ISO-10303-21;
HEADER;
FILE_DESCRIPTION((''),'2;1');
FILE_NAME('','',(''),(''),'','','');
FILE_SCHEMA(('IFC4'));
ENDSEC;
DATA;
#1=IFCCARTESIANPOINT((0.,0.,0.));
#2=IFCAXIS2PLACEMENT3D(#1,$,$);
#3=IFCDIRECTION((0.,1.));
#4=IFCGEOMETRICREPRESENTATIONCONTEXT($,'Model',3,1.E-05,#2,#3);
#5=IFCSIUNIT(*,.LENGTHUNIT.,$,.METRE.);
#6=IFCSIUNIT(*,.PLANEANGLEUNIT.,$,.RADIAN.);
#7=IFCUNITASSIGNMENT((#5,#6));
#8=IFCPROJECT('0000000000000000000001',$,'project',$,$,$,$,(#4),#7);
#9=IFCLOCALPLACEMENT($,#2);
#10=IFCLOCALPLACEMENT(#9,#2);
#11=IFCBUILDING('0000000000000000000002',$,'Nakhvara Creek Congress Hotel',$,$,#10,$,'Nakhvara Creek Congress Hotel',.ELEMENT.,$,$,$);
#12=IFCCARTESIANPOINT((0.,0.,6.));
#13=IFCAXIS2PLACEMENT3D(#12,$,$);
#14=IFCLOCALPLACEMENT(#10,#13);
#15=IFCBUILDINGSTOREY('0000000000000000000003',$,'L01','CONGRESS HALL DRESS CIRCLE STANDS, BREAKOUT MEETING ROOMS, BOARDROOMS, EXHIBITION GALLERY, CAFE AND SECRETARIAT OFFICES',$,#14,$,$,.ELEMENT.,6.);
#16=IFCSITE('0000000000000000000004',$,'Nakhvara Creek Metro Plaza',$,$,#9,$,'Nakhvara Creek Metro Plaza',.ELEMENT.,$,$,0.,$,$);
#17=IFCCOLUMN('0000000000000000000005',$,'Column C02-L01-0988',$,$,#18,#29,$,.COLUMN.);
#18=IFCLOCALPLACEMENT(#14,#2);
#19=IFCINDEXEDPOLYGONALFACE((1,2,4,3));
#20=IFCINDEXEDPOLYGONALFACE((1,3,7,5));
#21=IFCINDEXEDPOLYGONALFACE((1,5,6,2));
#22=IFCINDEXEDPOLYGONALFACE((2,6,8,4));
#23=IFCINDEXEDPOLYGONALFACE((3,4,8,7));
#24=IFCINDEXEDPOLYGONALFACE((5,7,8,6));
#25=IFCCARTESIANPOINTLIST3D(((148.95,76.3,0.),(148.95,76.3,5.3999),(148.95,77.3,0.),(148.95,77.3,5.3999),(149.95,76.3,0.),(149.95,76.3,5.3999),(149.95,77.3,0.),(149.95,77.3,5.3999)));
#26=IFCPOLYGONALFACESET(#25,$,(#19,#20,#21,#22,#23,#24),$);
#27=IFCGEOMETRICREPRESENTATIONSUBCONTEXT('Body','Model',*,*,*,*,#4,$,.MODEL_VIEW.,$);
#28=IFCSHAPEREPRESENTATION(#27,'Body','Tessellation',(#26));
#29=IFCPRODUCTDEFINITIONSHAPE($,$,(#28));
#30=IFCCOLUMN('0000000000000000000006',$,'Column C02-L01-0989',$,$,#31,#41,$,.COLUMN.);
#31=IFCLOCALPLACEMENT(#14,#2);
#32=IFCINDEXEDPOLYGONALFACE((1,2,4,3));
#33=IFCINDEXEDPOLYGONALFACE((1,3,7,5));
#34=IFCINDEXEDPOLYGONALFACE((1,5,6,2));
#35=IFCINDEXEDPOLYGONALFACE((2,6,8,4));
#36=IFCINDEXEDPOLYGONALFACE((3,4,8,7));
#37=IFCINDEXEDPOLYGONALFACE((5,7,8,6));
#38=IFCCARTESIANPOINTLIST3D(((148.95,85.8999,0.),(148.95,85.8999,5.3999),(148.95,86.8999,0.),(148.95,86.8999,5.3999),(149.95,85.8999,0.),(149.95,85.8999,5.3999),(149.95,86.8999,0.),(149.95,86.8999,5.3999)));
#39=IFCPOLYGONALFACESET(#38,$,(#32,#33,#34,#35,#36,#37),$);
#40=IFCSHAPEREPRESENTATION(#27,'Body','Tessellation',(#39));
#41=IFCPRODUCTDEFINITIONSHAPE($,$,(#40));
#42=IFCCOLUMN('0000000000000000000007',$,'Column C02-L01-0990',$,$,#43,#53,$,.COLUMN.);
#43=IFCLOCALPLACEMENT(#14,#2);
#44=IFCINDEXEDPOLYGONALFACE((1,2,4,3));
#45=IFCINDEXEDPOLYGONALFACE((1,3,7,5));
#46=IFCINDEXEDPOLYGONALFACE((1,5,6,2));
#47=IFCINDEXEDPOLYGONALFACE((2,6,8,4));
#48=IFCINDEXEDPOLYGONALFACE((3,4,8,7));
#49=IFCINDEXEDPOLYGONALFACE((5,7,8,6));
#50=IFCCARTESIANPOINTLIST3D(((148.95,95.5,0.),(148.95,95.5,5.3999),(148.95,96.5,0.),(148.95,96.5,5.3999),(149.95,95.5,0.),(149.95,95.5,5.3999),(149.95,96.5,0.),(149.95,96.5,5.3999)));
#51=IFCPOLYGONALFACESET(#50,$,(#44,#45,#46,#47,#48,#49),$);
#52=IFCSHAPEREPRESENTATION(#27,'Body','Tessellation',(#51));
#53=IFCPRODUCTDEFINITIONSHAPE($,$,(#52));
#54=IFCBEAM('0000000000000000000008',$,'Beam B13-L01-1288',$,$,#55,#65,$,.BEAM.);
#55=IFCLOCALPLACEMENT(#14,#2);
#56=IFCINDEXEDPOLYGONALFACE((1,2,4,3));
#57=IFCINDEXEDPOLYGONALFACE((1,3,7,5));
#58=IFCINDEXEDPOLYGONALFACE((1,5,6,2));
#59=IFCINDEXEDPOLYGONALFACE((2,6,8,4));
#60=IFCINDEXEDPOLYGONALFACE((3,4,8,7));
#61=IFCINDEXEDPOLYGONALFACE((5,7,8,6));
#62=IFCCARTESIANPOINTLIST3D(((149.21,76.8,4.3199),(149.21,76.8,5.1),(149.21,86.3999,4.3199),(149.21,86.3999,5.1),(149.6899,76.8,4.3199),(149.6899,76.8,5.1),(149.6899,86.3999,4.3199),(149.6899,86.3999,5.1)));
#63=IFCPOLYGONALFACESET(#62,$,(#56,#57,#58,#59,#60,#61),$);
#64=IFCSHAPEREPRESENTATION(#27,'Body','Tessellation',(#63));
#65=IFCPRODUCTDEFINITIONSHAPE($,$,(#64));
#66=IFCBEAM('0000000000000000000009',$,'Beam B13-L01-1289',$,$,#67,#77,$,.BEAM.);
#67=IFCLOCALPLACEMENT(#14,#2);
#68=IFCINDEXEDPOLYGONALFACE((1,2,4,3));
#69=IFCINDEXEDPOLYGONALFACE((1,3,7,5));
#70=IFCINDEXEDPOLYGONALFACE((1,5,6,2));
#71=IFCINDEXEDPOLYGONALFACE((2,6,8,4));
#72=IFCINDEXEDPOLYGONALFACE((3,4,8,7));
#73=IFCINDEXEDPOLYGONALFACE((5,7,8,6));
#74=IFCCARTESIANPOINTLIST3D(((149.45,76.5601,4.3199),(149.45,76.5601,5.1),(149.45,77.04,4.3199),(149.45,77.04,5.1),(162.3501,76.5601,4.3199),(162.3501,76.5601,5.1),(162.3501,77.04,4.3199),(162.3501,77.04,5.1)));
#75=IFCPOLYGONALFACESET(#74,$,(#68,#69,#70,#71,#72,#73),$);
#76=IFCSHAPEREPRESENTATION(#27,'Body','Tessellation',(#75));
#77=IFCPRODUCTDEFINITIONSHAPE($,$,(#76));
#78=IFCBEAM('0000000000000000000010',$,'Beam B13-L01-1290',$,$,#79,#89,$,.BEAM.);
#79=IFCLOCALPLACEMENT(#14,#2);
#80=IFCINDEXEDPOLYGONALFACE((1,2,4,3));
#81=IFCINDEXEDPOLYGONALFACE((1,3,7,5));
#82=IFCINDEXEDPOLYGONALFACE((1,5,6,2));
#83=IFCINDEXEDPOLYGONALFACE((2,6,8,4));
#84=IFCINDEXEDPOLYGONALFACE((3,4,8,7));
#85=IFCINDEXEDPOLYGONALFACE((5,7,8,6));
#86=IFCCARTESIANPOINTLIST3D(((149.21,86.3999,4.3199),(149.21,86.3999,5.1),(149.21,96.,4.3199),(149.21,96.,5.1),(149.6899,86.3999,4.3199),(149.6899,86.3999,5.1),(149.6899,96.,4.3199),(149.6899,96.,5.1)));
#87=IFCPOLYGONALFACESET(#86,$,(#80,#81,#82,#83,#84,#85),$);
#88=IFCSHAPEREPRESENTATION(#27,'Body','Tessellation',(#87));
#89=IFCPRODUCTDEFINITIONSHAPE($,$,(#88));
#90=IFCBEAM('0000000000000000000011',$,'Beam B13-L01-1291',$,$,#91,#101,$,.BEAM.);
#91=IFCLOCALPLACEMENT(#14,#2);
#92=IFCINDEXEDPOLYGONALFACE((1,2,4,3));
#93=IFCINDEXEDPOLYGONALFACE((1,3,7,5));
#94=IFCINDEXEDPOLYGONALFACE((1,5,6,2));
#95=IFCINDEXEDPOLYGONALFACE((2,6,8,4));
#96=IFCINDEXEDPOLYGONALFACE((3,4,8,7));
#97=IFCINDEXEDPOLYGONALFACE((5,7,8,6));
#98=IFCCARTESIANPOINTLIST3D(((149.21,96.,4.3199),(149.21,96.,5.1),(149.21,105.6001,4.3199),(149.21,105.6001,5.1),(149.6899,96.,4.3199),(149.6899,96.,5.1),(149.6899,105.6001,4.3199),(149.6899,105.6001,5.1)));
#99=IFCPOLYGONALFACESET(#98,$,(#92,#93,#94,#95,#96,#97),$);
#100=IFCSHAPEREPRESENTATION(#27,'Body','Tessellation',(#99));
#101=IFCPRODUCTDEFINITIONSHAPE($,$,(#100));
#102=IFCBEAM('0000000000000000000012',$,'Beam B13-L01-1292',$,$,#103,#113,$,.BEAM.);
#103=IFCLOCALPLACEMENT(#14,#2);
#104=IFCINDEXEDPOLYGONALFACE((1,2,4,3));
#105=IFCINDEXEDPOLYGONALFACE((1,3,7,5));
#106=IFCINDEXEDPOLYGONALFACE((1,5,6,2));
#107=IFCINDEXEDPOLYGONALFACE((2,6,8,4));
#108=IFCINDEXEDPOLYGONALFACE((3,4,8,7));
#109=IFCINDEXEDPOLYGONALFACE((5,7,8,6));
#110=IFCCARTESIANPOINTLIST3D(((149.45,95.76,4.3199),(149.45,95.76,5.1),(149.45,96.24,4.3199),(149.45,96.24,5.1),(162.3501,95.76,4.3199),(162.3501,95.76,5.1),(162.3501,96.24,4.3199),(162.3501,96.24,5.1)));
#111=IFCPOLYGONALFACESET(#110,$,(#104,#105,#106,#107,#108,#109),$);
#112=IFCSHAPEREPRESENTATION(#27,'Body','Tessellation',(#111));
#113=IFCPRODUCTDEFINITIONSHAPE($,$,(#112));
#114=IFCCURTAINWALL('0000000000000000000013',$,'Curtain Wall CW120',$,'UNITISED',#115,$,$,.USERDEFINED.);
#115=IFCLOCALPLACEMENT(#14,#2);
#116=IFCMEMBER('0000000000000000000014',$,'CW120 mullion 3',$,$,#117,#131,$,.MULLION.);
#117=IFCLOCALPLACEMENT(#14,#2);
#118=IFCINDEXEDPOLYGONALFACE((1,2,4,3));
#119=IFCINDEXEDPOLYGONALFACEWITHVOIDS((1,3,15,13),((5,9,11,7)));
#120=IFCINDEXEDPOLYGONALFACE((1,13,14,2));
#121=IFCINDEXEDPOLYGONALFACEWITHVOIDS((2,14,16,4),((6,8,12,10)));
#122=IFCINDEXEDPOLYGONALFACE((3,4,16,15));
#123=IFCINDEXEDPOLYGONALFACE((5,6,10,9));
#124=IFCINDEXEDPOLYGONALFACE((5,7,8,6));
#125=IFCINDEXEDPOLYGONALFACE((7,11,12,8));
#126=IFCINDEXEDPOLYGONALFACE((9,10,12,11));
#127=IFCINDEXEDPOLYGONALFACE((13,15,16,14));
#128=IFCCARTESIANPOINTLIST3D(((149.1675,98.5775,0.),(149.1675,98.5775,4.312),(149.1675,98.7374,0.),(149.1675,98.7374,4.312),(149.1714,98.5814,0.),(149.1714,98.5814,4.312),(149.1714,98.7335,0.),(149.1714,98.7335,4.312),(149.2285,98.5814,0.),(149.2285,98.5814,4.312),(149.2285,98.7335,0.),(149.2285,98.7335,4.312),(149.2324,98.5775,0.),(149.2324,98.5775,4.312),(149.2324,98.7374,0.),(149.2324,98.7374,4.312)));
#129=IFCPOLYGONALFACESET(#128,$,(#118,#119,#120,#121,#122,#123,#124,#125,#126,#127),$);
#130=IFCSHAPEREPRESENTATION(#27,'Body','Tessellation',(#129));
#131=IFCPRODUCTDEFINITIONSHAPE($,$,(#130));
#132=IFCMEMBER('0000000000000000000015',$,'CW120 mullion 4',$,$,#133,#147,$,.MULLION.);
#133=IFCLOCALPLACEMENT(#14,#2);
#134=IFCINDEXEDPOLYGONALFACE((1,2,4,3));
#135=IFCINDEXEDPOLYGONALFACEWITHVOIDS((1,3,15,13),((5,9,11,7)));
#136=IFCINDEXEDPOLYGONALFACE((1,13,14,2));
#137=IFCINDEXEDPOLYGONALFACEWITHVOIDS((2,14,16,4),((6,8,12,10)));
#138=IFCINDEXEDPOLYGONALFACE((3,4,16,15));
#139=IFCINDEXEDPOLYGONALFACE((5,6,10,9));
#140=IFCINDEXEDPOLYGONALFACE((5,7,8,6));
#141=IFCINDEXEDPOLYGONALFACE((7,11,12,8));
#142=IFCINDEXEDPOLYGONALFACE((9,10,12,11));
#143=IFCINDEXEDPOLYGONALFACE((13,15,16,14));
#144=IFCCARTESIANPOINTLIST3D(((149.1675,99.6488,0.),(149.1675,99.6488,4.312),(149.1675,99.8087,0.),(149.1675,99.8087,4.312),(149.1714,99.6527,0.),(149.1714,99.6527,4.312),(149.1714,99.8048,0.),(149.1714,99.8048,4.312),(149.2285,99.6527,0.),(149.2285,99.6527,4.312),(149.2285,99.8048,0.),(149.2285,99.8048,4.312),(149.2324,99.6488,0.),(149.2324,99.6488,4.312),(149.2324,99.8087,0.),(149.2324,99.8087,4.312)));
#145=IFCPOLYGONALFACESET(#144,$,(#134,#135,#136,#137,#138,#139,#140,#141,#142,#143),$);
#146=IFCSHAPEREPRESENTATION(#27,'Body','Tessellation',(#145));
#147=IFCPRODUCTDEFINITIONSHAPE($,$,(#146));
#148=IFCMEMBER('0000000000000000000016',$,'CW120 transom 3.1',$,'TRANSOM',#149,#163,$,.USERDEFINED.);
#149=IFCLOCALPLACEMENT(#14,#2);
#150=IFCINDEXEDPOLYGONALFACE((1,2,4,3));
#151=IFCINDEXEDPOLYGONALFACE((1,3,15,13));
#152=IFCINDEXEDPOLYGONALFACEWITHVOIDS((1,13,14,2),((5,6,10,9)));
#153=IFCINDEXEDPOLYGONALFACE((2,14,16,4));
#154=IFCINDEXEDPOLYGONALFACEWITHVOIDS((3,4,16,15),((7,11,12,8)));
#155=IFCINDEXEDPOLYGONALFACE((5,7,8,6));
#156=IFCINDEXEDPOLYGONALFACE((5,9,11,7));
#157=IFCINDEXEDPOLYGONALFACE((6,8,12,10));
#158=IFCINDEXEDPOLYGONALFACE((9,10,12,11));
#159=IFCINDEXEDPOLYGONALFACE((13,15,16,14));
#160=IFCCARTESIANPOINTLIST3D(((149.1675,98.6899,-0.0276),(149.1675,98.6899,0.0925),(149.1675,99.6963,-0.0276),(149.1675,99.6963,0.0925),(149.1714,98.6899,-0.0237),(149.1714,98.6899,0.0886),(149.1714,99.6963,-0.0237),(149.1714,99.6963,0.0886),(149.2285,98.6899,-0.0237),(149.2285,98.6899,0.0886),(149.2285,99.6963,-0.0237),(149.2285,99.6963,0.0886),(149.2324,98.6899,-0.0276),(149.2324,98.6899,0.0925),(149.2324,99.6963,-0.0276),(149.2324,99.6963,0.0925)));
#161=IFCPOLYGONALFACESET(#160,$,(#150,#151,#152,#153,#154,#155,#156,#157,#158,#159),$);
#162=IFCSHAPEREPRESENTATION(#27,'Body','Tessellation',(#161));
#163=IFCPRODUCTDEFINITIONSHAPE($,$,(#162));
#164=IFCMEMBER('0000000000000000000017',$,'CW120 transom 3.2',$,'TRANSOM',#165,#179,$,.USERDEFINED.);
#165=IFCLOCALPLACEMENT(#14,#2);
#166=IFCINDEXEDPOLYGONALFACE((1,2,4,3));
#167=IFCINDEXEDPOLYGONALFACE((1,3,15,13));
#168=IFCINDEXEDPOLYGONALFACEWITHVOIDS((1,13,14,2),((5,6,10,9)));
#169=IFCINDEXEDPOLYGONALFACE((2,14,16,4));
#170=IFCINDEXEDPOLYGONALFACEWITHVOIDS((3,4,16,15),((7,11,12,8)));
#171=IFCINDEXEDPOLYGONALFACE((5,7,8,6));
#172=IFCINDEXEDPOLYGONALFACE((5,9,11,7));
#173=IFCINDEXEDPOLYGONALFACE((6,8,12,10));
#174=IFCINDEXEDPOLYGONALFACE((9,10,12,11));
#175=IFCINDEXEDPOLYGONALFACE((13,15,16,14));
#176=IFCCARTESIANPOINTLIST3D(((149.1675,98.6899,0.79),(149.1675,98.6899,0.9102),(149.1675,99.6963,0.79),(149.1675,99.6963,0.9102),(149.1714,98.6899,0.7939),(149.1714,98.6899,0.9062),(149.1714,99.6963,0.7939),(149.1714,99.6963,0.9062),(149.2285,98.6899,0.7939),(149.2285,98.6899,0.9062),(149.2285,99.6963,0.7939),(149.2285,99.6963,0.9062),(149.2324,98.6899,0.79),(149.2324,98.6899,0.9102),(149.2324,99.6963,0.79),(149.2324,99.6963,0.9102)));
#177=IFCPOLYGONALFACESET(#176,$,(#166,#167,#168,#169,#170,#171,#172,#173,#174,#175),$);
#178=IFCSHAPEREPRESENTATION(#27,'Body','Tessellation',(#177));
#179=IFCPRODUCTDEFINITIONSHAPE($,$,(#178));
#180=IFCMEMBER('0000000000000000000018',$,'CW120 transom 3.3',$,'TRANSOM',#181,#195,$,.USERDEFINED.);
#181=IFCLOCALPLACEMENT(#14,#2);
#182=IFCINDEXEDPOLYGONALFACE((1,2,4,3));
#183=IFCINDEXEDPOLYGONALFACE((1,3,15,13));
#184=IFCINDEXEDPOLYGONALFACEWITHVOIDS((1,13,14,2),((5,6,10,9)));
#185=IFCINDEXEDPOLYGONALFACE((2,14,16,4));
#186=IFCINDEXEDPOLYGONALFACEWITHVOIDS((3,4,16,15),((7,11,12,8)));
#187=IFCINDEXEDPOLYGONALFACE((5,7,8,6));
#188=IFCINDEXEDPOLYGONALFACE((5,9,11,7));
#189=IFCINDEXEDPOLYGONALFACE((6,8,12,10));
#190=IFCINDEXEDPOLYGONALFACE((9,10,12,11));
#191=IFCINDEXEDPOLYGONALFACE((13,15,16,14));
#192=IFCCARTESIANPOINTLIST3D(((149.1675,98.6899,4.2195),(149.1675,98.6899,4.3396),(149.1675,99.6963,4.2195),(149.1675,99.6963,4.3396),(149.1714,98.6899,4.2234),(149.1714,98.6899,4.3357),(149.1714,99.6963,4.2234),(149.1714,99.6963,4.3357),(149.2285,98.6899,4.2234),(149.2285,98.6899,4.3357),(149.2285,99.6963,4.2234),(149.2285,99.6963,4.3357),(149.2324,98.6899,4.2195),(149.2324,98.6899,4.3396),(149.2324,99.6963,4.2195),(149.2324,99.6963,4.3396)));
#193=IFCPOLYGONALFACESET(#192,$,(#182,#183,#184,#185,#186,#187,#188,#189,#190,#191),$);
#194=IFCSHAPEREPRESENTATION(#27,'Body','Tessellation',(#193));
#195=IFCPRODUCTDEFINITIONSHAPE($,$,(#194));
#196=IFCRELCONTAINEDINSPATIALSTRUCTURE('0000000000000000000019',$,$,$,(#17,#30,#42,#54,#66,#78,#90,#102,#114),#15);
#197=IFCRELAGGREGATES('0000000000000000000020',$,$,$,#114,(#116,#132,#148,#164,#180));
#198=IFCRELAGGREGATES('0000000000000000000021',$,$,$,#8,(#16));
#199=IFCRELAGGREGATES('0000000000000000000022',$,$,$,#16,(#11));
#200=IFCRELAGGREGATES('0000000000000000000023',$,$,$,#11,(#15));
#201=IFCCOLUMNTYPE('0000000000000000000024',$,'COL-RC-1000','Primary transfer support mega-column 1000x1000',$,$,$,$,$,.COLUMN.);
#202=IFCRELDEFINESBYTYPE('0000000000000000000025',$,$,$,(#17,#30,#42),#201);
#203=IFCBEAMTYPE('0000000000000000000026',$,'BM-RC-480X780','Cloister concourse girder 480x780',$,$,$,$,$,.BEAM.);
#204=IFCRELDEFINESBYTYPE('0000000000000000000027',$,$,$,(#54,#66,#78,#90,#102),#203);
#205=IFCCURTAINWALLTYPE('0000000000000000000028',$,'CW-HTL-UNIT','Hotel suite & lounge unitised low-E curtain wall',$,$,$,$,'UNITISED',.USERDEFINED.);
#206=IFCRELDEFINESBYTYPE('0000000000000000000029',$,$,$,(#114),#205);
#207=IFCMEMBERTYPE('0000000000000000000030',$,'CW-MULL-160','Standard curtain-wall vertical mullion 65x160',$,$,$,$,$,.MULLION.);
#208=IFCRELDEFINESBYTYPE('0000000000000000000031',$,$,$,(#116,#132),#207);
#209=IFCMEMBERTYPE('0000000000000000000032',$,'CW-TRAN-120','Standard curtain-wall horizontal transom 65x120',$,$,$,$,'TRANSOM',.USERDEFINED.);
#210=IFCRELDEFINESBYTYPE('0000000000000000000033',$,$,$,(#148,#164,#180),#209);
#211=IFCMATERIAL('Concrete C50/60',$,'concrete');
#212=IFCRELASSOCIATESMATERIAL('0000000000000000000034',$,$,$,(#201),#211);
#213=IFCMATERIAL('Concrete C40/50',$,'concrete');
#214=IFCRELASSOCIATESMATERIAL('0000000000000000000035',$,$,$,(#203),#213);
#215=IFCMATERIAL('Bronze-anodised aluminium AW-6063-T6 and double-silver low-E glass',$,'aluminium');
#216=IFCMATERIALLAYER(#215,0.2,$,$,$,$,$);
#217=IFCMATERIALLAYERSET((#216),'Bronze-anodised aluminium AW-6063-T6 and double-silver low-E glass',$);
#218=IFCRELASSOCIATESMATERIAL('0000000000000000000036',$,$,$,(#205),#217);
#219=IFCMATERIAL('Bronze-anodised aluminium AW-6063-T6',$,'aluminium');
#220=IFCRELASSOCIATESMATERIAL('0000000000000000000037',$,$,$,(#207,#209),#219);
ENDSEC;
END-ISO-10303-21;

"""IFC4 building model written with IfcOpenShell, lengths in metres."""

from ifc_helpers import new_model, si_unit, direction, frame, origin, origin_2d, place, context, subcontext, project, spatial, rectangle, hollow_rectangle, extrude, material, layer, layer_set, material_profile, profile_set, type_object, element, aggregate, save


model = new_model("IFC4")

# Units and contexts
model_context = context("Model", 3, precision=1e-05, world=origin(), true_north=direction((0.0, 1.0)))
body_context = subcontext(model_context, "Body", "Model", "MODEL_VIEW")
ifc_project = project(units=[si_unit("LENGTHUNIT", "METRE"), si_unit("PLANEANGLEUNIT", "RADIAN")], contexts=[model_context])

# Site, building, storey
site_placement = place(None, origin())
site = spatial("IfcSite", under=ifc_project, at=site_placement, Name="Nakhvara Creek Metro Plaza", LongName="Nakhvara Creek Metro Plaza", CompositionType="ELEMENT", RefElevation=0.0)
building_placement = place(site_placement, origin())
building = spatial("IfcBuilding", under=site, at=building_placement, Name="Nakhvara Creek Congress Hotel", LongName="Nakhvara Creek Congress Hotel", CompositionType="ELEMENT")
storey_placement = place(building_placement, frame((0.0, 0.0, 6.0)))
storey = spatial("IfcBuildingStorey", under=building, at=storey_placement, Name="L01", Description="CONGRESS HALL DRESS CIRCLE STANDS, BREAKOUT MEETING ROOMS, BOARDROOMS, EXHIBITION GALLERY, CAFE AND SECRETARIAT OFFICES", CompositionType="ELEMENT", Elevation=6.0)

# Columns
ifc_material_1 = material(Name="Concrete C50/60", Category="concrete")
ifc_material_profile_1 = material_profile(ifc_material_1, rectangle(XDim=1.0, YDim=1.0, at=origin_2d()), Name="RC-COL 1000x1000", Category="LoadBearing")
ifc_profile_set_1 = profile_set([ifc_material_profile_1], Name="Concrete C50/60")
column_type = type_object("IfcColumnType", Name="COL-RC-1000", Description="Primary transfer support mega-column 1000x1000", PredefinedType="COLUMN", material=ifc_profile_set_1)
for number, where, z_axis, x_axis, name in (
    (1, (149.45, 76.8, 0.0), (0.0, 0.0, 1.0), (1.0, 0.0, 0.0), "Column C02-L01-0988"),
    (2, (149.45, 86.3999, 0.0), (0.0, 0.0, 1.0), (1.0, 0.0, 0.0), "Column C02-L01-0989"),
    (3, (149.45, 96.0, 0.0), (0.0, 0.0, 1.0), (1.0, 0.0, 0.0), "Column C02-L01-0990"),
):
    element("IfcColumn", number, at=place(storey_placement, frame(where, z_axis=z_axis, x_axis=x_axis)), inside=storey, type_object=column_type, Name=name, PredefinedType="COLUMN", context=body_context, shape_type="SweptSolid", body=[
        extrude(rectangle(XDim=1.0, YDim=1.0, at=origin_2d()), origin(), (0.0, 0.0, 1.0), 5.3999),
    ])

# Beams
ifc_material_2 = material(Name="Concrete C40/50", Category="concrete")
ifc_material_profile_2 = material_profile(ifc_material_2, rectangle(XDim=0.48, YDim=0.78, at=origin_2d()), Name="RC-BM 480x780", Category="LoadBearing")
ifc_profile_set_2 = profile_set([ifc_material_profile_2], Name="Concrete C40/50")
beam_type = type_object("IfcBeamType", Name="BM-RC-480X780", Description="Cloister concourse girder 480x780", PredefinedType="BEAM", material=ifc_profile_set_2)
beam_1_placement = place(storey_placement, frame((149.45, 76.8, 4.71), z_axis=(0.0, 1.0, 0.0), x_axis=(-1.0, 0.0, 0.0)))
element("IfcBeam", 4, at=beam_1_placement, inside=storey, type_object=beam_type, Name="Beam B13-L01-1288", PredefinedType="BEAM", context=body_context, shape_type="SweptSolid", body=[
    extrude(rectangle(XDim=0.48, YDim=0.78, at=origin_2d()), origin(), (0.0, 0.0, 1.0), 9.5999),
])
beam_2_placement = place(storey_placement, frame((149.45, 76.8, 4.71), z_axis=(1.0, 0.0, 0.0), x_axis=(0.0, 1.0, 0.0)))
element("IfcBeam", 5, at=beam_2_placement, inside=storey, type_object=beam_type, Name="Beam B13-L01-1289", PredefinedType="BEAM", context=body_context, shape_type="SweptSolid", body=[
    extrude(rectangle(XDim=0.48, YDim=0.78, at=origin_2d()), origin(), (0.0, 0.0, 1.0), 12.9001),
])
for number, where, z_axis, x_axis, name in (
    (6, (149.45, 86.3999, 4.71), (0.0, 1.0, 0.0), (-1.0, 0.0, 0.0), "Beam B13-L01-1290"),
    (7, (149.45, 96.0, 4.71), (0.0, 1.0, 0.0), (-1.0, 0.0, 0.0), "Beam B13-L01-1291"),
):
    element("IfcBeam", number, at=place(storey_placement, frame(where, z_axis=z_axis, x_axis=x_axis)), inside=storey, type_object=beam_type, Name=name, PredefinedType="BEAM", context=body_context, shape_type="SweptSolid", body=[
        extrude(rectangle(XDim=0.48, YDim=0.78, at=origin_2d()), origin(), (0.0, 0.0, 1.0), 9.6001),
    ])
beam_3_placement = place(storey_placement, frame((149.45, 96.0, 4.71), z_axis=(1.0, 0.0, 0.0), x_axis=(0.0, 1.0, 0.0)))
element("IfcBeam", 8, at=beam_3_placement, inside=storey, type_object=beam_type, Name="Beam B13-L01-1292", PredefinedType="BEAM", context=body_context, shape_type="SweptSolid", body=[
    extrude(rectangle(XDim=0.48, YDim=0.78, at=origin_2d()), origin(), (0.0, 0.0, 1.0), 12.9001),
])

# Curtain wall, members
ifc_material_3 = material(Name="Bronze-anodised aluminium AW-6063-T6 and double-silver low-E glass", Category="aluminium")
ifc_layer_1 = layer(ifc_material_3, 0.2)
ifc_layer_set_1 = layer_set([ifc_layer_1], Name="Bronze-anodised aluminium AW-6063-T6 and double-silver low-E glass")
curtain_wall_type = type_object("IfcCurtainWallType", Name="CW-HTL-UNIT", Description="Hotel suite & lounge unitised low-E curtain wall", ElementType="UNITISED", PredefinedType="USERDEFINED", material=ifc_layer_set_1)
curtain_wall_placement = place(storey_placement, origin())
curtain_wall = element("IfcCurtainWall", 9, at=curtain_wall_placement, inside=storey, type_object=curtain_wall_type, Name="Curtain Wall CW120", ObjectType="UNITISED", PredefinedType="USERDEFINED")
ifc_material_4 = material(Name="Bronze-anodised aluminium AW-6063-T6", Category="aluminium")
ifc_material_profile_3 = material_profile(ifc_material_4, hollow_rectangle(XDim=0.0649, YDim=0.1599, WallThickness=0.0039, at=origin_2d()), Name="ALU-MULL 65x160x4", Category="LoadBearing")
ifc_profile_set_3 = profile_set([ifc_material_profile_3], Name="Bronze-anodised aluminium AW-6063-T6")
member_type_1 = type_object("IfcMemberType", Name="CW-MULL-160", Description="Standard curtain-wall vertical mullion 65x160", PredefinedType="MULLION", material=ifc_profile_set_3)
member_1_placement = place(storey_placement, frame((149.2, 98.6575, 0.0), z_axis=(0.0, 0.0, 1.0), x_axis=(-1.0, 0.0, 0.0)))
member_1 = element("IfcMember", 10, at=member_1_placement, type_object=member_type_1, Name="CW120 mullion 3", PredefinedType="MULLION", context=body_context, shape_type="SweptSolid", body=[
    extrude(hollow_rectangle(XDim=0.0649, YDim=0.1599, WallThickness=0.0039, at=origin_2d()), origin(), (0.0, 0.0, 1.0), 4.312),
])
member_2_placement = place(storey_placement, frame((149.2, 99.7288, 0.0), z_axis=(0.0, 0.0, 1.0), x_axis=(-1.0, 0.0, 0.0)))
member_2 = element("IfcMember", 11, at=member_2_placement, type_object=member_type_1, Name="CW120 mullion 4", PredefinedType="MULLION", context=body_context, shape_type="SweptSolid", body=[
    extrude(hollow_rectangle(XDim=0.0649, YDim=0.1599, WallThickness=0.0039, at=origin_2d()), origin(), (0.0, 0.0, 1.0), 4.312),
])
ifc_material_profile_4 = material_profile(ifc_material_4, hollow_rectangle(XDim=0.0649, YDim=0.1201, WallThickness=0.0039, at=origin_2d()), Name="ALU-TRAN 65x120x4", Category="LoadBearing")
ifc_profile_set_4 = profile_set([ifc_material_profile_4], Name="Bronze-anodised aluminium AW-6063-T6")
member_type_2 = type_object("IfcMemberType", Name="CW-TRAN-120", Description="Standard curtain-wall horizontal transom 65x120", ElementType="TRANSOM", PredefinedType="USERDEFINED", material=ifc_profile_set_4)
member_3_placement = place(storey_placement, frame((149.2, 98.6899, 0.0325), z_axis=(0.0, 1.0, 0.0), x_axis=(-1.0, 0.0, 0.0)))
member_3 = element("IfcMember", 12, at=member_3_placement, type_object=member_type_2, Name="CW120 transom 3.1", ObjectType="TRANSOM", PredefinedType="USERDEFINED", context=body_context, shape_type="SweptSolid", body=[
    extrude(hollow_rectangle(XDim=0.0649, YDim=0.1201, WallThickness=0.0039, at=origin_2d()), origin(), (0.0, 0.0, 1.0), 1.0063),
])
member_4_placement = place(storey_placement, frame((149.2, 98.6899, 0.8501), z_axis=(0.0, 1.0, 0.0), x_axis=(-1.0, 0.0, 0.0)))
member_4 = element("IfcMember", 13, at=member_4_placement, type_object=member_type_2, Name="CW120 transom 3.2", ObjectType="TRANSOM", PredefinedType="USERDEFINED", context=body_context, shape_type="SweptSolid", body=[
    extrude(hollow_rectangle(XDim=0.0649, YDim=0.1201, WallThickness=0.0039, at=origin_2d()), origin(), (0.0, 0.0, 1.0), 1.0063),
])
member_5_placement = place(storey_placement, frame((149.2, 98.6899, 4.2795), z_axis=(0.0, 1.0, 0.0), x_axis=(-1.0, 0.0, 0.0)))
member_5 = element("IfcMember", 14, at=member_5_placement, type_object=member_type_2, Name="CW120 transom 3.3", ObjectType="TRANSOM", PredefinedType="USERDEFINED", context=body_context, shape_type="SweptSolid", body=[
    extrude(hollow_rectangle(XDim=0.0649, YDim=0.1201, WallThickness=0.0039, at=origin_2d()), origin(), (0.0, 0.0, 1.0), 1.0063),
])
aggregate(curtain_wall, [member_1, member_2, member_3, member_4, member_5])

save(model, "model.ifc")
